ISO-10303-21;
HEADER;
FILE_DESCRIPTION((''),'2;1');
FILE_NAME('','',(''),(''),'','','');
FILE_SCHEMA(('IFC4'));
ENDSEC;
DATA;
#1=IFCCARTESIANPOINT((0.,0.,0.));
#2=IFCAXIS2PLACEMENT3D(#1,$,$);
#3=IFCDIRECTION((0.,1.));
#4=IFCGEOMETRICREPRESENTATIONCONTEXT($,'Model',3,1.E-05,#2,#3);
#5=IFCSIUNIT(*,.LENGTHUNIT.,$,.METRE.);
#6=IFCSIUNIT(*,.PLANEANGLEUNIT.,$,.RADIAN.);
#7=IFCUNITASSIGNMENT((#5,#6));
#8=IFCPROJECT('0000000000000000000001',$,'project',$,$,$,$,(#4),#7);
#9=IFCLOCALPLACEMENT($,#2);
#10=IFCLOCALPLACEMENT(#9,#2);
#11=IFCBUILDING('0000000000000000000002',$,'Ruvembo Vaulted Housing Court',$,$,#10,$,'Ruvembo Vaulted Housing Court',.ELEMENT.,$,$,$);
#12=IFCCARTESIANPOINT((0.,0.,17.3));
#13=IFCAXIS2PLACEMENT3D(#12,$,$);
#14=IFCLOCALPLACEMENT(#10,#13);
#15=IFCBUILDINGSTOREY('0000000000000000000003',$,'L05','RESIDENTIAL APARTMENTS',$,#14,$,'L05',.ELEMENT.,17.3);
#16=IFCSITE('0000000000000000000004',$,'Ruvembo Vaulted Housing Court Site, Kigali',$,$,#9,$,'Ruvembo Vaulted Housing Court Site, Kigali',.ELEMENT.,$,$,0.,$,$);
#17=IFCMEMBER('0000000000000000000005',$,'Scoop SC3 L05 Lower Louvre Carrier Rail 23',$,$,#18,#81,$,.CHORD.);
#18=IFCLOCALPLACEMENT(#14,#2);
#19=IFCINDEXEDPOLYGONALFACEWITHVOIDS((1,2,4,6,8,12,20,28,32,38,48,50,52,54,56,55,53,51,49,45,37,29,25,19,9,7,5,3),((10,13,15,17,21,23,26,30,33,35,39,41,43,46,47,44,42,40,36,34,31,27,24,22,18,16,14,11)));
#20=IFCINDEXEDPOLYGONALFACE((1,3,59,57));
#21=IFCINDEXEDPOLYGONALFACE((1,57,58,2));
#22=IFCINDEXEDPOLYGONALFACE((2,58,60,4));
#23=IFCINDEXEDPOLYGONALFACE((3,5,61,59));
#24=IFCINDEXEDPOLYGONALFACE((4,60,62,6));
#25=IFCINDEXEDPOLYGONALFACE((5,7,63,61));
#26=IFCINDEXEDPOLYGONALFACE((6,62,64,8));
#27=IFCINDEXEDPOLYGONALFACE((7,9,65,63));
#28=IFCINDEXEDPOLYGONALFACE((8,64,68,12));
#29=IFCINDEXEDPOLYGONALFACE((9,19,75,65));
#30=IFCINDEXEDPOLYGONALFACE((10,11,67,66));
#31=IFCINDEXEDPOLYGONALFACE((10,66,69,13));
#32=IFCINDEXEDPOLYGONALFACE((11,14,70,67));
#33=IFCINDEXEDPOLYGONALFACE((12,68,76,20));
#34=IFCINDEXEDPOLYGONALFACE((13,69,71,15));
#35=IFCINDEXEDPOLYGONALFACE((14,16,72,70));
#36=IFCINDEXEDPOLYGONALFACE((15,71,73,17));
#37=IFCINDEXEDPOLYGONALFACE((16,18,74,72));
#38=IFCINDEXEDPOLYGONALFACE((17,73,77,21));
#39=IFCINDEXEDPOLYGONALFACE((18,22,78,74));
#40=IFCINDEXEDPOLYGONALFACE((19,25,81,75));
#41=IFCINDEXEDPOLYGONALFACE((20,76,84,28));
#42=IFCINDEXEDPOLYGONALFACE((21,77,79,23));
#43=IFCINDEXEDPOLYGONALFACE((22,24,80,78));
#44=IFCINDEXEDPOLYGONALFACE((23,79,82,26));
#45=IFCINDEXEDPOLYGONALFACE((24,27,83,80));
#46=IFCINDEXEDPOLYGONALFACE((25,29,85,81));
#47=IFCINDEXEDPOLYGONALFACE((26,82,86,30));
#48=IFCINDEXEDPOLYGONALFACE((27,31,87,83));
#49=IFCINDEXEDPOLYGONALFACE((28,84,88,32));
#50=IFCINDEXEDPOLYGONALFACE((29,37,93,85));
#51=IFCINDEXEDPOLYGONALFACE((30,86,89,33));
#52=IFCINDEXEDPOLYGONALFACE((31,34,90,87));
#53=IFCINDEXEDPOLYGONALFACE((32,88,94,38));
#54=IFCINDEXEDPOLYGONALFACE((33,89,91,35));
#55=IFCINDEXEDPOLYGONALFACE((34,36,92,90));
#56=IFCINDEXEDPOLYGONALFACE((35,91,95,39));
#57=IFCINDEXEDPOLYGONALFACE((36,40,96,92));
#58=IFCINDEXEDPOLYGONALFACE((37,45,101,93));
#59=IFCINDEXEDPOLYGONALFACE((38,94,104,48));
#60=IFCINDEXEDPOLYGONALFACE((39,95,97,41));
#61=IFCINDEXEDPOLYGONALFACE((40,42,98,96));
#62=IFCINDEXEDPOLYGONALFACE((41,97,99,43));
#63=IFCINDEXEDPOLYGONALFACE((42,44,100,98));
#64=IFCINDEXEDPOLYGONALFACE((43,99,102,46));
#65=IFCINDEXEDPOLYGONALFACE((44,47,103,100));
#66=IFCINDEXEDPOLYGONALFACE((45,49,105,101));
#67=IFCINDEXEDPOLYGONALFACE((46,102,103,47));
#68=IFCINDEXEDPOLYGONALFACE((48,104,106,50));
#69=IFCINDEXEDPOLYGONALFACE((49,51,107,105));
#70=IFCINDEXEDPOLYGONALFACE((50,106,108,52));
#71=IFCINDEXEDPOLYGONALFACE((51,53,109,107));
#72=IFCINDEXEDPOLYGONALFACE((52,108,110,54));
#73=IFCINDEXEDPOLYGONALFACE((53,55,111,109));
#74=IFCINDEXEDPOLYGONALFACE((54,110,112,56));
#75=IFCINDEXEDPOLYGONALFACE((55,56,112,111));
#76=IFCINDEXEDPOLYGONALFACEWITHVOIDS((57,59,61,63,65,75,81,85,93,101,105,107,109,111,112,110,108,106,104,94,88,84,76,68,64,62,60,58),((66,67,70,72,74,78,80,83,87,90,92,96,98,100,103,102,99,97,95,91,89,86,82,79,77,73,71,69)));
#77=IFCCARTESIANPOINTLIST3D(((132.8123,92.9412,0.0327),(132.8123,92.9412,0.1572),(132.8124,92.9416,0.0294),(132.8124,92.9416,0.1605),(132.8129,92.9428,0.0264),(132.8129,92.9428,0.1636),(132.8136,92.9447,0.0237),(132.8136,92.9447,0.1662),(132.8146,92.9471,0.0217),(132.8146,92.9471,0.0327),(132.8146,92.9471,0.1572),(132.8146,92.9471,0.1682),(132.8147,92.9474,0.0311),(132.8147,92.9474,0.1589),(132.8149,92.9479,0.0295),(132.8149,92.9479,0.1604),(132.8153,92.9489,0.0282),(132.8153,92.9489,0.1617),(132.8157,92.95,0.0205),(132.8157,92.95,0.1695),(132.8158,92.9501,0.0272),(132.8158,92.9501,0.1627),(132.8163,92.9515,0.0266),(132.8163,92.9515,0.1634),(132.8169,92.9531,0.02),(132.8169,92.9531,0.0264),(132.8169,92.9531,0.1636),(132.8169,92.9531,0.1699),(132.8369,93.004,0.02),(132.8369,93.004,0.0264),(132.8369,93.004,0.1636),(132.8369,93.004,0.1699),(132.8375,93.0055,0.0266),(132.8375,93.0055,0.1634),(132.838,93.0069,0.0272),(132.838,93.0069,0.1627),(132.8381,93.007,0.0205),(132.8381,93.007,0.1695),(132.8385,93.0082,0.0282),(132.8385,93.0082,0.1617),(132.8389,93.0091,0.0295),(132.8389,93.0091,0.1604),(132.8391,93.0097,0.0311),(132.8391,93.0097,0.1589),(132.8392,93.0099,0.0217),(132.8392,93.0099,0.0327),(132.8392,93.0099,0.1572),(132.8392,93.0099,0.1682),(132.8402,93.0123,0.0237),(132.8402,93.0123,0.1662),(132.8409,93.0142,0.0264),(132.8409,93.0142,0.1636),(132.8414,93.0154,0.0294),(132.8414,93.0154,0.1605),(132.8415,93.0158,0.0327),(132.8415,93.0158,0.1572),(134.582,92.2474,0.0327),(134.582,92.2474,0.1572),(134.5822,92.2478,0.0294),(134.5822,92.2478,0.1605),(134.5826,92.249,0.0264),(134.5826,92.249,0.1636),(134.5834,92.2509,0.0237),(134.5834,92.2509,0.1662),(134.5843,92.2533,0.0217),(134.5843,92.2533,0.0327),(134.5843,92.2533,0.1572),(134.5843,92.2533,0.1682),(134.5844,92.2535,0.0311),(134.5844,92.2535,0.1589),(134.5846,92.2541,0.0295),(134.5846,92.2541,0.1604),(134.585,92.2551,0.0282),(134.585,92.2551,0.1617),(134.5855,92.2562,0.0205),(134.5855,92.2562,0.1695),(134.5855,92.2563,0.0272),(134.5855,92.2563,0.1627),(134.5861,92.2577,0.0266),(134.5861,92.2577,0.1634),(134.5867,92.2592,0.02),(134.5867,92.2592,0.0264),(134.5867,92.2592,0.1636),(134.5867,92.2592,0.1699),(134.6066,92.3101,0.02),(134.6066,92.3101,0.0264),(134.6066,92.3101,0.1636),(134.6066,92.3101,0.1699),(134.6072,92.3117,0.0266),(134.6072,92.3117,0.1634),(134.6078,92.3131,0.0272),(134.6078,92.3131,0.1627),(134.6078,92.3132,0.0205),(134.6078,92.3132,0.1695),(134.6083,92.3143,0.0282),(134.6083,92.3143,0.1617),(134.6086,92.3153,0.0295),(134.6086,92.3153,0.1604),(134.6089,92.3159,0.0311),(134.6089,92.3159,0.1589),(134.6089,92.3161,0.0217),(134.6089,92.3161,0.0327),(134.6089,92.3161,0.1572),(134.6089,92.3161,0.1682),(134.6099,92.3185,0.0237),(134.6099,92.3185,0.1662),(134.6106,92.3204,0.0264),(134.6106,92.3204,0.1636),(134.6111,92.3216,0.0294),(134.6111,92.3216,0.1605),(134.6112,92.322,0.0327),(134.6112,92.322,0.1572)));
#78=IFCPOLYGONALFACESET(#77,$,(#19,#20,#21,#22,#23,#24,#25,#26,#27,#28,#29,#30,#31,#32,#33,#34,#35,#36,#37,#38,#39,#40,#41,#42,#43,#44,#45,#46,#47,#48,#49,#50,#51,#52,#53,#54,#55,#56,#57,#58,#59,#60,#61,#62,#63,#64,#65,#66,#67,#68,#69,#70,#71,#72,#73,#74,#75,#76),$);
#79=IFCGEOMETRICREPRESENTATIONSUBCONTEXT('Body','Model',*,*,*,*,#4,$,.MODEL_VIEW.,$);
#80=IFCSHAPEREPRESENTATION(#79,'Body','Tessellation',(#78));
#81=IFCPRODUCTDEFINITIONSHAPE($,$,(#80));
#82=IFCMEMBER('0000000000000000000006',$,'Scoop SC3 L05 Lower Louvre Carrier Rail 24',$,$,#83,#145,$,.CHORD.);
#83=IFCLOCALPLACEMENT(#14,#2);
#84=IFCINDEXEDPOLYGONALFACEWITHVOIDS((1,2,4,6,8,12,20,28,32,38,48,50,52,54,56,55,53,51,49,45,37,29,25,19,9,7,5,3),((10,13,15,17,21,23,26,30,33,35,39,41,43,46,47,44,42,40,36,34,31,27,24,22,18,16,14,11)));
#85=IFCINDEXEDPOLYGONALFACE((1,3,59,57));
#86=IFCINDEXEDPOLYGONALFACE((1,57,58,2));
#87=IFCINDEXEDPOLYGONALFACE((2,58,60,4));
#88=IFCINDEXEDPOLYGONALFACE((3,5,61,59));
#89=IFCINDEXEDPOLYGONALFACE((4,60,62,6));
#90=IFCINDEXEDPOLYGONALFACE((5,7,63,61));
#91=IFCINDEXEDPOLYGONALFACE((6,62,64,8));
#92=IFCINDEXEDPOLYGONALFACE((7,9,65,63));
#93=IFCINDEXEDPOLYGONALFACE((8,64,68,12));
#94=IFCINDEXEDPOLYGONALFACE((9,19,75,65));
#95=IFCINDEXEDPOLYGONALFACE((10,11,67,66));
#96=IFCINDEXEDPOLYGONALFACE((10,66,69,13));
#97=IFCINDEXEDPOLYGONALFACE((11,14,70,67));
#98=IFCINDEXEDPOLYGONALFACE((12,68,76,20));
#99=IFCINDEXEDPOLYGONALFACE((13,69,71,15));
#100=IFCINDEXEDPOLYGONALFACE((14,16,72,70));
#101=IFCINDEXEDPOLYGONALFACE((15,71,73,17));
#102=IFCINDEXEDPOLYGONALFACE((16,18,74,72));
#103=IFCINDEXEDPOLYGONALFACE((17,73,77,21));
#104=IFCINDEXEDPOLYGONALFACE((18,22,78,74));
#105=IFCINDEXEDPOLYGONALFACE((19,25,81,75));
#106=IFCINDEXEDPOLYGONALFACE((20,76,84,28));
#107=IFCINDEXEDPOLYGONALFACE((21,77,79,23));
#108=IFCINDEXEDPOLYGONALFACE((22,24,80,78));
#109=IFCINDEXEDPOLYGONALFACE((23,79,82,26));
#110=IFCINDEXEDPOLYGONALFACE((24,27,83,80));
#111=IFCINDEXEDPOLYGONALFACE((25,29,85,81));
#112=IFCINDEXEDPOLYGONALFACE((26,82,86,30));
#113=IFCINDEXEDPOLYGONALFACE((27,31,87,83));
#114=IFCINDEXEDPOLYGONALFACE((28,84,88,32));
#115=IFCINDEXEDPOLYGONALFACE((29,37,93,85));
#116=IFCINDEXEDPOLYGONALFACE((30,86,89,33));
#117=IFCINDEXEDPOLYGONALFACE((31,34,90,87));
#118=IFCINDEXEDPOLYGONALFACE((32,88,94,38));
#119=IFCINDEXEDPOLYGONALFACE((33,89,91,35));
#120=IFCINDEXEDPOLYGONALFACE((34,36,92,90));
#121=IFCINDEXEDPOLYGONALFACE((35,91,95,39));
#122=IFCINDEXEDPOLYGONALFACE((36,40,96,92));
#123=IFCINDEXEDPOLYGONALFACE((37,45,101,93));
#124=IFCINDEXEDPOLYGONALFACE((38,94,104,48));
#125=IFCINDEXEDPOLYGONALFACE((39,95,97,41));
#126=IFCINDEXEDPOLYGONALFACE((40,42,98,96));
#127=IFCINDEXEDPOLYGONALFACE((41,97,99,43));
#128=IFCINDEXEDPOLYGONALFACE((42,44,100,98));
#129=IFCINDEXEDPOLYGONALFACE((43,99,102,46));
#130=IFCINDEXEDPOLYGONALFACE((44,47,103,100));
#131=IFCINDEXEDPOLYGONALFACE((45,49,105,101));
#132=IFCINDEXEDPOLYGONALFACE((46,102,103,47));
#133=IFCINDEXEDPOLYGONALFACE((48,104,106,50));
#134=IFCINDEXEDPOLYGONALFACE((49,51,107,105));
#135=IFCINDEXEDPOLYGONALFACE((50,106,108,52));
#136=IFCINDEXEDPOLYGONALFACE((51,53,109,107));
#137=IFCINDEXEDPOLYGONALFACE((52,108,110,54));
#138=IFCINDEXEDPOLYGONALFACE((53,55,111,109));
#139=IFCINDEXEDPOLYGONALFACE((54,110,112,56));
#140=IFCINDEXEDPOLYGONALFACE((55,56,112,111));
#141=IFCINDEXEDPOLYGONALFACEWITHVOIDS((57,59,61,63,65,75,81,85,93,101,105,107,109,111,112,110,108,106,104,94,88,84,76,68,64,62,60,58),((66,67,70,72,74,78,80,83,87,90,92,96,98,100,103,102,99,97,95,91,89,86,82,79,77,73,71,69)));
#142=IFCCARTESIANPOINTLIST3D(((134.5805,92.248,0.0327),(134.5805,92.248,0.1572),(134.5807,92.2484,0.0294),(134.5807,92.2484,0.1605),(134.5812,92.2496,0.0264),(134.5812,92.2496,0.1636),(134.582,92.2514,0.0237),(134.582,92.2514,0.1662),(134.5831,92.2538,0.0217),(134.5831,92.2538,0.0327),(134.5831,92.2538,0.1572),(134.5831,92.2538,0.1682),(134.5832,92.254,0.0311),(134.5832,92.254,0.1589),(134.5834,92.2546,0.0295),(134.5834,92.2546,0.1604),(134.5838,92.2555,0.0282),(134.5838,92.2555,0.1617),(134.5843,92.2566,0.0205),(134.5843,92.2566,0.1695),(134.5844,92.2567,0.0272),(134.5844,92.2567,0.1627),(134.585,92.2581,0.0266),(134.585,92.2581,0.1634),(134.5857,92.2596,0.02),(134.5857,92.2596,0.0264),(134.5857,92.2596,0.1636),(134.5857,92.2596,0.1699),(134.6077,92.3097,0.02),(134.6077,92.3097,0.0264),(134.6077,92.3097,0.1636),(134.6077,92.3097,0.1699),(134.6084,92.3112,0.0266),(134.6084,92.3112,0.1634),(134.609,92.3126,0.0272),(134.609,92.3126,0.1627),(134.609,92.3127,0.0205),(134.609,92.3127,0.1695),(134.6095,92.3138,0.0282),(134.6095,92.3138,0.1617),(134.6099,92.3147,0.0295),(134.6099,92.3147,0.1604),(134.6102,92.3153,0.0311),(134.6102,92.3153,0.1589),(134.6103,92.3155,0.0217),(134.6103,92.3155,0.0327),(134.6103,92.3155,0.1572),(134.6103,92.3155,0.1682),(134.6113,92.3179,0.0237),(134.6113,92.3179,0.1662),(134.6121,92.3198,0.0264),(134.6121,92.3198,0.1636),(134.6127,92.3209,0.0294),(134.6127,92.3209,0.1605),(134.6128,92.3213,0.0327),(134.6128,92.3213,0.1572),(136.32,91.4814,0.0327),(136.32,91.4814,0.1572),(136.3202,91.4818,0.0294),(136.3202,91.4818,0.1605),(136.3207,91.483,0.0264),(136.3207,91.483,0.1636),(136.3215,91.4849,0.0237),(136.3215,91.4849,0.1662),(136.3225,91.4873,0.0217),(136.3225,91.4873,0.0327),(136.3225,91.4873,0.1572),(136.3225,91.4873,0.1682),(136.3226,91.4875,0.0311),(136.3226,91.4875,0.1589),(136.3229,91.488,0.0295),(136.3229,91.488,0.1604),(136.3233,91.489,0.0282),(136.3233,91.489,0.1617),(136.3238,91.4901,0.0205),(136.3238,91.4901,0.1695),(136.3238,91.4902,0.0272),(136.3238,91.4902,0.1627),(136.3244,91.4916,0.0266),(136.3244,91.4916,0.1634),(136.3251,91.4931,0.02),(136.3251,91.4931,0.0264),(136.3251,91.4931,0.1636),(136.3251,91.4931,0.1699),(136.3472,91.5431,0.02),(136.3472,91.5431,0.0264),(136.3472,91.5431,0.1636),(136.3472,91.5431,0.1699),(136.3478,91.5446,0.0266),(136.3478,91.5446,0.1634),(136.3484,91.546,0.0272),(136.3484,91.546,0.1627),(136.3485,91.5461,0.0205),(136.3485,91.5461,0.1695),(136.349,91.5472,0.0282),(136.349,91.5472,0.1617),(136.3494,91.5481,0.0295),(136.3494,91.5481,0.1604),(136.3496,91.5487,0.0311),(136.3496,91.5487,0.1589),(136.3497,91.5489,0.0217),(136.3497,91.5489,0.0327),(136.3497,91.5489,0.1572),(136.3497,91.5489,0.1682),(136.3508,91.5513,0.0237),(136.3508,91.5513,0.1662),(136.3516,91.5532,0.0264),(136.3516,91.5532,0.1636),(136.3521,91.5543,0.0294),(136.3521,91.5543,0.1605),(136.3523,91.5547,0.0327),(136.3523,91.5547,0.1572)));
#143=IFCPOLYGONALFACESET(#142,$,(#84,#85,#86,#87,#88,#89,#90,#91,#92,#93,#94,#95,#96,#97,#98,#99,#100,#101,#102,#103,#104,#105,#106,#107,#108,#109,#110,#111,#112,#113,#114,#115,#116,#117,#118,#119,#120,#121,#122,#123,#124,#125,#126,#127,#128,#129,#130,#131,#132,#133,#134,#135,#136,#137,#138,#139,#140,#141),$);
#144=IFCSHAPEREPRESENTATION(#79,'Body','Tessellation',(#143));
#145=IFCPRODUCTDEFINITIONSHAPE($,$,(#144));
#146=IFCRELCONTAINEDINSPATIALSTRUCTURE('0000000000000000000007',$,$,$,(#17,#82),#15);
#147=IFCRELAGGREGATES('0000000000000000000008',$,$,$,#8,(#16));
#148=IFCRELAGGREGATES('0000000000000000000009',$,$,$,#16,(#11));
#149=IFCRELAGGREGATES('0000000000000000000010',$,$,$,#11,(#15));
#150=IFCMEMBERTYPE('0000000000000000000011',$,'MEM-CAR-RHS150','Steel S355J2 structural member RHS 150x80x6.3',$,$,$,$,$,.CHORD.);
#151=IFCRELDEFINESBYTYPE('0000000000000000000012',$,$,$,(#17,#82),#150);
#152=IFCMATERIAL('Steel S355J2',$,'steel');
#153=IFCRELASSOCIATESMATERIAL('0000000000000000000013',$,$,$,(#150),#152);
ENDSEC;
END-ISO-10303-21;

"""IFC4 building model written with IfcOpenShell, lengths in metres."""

from ifc_helpers import new_model, si_unit, direction, frame, origin, origin_2d, place, context, subcontext, project, spatial, hollow_rectangle, extrude, material, material_profile, profile_set, type_object, element, save


model = new_model("IFC4")

# Units and contexts
model_context = context("Model", 3, precision=1e-05, world=origin(), true_north=direction((0.0, 1.0)))
body_context = subcontext(model_context, "Body", "Model", "MODEL_VIEW")
ifc_project = project(units=[si_unit("LENGTHUNIT", "METRE"), si_unit("PLANEANGLEUNIT", "RADIAN")], contexts=[model_context])

# Site, building, storey
site_placement = place(None, origin())
site = spatial("IfcSite", under=ifc_project, at=site_placement, Name="Ruvembo Vaulted Housing Court Site, Kigali", LongName="Ruvembo Vaulted Housing Court Site, Kigali", CompositionType="ELEMENT", RefElevation=0.0)
building_placement = place(site_placement, origin())
building = spatial("IfcBuilding", under=site, at=building_placement, Name="Ruvembo Vaulted Housing Court", LongName="Ruvembo Vaulted Housing Court", CompositionType="ELEMENT")
storey_placement = place(building_placement, frame((0.0, 0.0, 17.3)))
storey = spatial("IfcBuildingStorey", under=building, at=storey_placement, Name="L05", Description="RESIDENTIAL APARTMENTS", LongName="L05", CompositionType="ELEMENT", Elevation=17.3)

# Shared definitions
ifc_material_1 = material(Name="Steel S355J2", Category="steel")

# Members
ifc_material_profile_1 = material_profile(ifc_material_1, hollow_rectangle(XDim=0.0801, YDim=0.1499, WallThickness=0.0063, InnerFilletRadius=0.0063, OuterFilletRadius=0.0127, at=origin_2d()), Name="RHS 150x80x6.3")
ifc_profile_set_1 = profile_set([ifc_material_profile_1], Name="Steel S355J2")
member_type_1 = type_object("IfcMemberType", Name="MEM-CAR-RHS150", Description="Steel S355J2 structural member RHS 150x80x6.3", PredefinedType="CHORD", material=ifc_profile_set_1)
for number, where, z_axis, x_axis, name in (
    (1, (132.8269, 92.9785, 0.095), (0.931006, -0.365005, 0.0), (0.365005, 0.931006, 0.0), "Scoop SC3 L05 Lower Louvre Carrier Rail 23"),
    (2, (134.5967, 92.2847, 0.095), (0.915078, -0.403277, 0.0), (0.403277, 0.915078, 0.0), "Scoop SC3 L05 Lower Louvre Carrier Rail 24"),
):
    element("IfcMember", number, at=place(storey_placement, frame(where, z_axis=z_axis, x_axis=x_axis)), inside=storey, type_object=member_type_1, Name=name, PredefinedType="CHORD", context=body_context, shape_type="SweptSolid", body=[
        extrude(hollow_rectangle(XDim=0.0801, YDim=0.1499, WallThickness=0.0063, InnerFilletRadius=0.0063, OuterFilletRadius=0.0127, at=origin_2d()), origin(), (0.0, 0.0, 1.0), 1.9009),
    ])

save(model, "model.ifc")
